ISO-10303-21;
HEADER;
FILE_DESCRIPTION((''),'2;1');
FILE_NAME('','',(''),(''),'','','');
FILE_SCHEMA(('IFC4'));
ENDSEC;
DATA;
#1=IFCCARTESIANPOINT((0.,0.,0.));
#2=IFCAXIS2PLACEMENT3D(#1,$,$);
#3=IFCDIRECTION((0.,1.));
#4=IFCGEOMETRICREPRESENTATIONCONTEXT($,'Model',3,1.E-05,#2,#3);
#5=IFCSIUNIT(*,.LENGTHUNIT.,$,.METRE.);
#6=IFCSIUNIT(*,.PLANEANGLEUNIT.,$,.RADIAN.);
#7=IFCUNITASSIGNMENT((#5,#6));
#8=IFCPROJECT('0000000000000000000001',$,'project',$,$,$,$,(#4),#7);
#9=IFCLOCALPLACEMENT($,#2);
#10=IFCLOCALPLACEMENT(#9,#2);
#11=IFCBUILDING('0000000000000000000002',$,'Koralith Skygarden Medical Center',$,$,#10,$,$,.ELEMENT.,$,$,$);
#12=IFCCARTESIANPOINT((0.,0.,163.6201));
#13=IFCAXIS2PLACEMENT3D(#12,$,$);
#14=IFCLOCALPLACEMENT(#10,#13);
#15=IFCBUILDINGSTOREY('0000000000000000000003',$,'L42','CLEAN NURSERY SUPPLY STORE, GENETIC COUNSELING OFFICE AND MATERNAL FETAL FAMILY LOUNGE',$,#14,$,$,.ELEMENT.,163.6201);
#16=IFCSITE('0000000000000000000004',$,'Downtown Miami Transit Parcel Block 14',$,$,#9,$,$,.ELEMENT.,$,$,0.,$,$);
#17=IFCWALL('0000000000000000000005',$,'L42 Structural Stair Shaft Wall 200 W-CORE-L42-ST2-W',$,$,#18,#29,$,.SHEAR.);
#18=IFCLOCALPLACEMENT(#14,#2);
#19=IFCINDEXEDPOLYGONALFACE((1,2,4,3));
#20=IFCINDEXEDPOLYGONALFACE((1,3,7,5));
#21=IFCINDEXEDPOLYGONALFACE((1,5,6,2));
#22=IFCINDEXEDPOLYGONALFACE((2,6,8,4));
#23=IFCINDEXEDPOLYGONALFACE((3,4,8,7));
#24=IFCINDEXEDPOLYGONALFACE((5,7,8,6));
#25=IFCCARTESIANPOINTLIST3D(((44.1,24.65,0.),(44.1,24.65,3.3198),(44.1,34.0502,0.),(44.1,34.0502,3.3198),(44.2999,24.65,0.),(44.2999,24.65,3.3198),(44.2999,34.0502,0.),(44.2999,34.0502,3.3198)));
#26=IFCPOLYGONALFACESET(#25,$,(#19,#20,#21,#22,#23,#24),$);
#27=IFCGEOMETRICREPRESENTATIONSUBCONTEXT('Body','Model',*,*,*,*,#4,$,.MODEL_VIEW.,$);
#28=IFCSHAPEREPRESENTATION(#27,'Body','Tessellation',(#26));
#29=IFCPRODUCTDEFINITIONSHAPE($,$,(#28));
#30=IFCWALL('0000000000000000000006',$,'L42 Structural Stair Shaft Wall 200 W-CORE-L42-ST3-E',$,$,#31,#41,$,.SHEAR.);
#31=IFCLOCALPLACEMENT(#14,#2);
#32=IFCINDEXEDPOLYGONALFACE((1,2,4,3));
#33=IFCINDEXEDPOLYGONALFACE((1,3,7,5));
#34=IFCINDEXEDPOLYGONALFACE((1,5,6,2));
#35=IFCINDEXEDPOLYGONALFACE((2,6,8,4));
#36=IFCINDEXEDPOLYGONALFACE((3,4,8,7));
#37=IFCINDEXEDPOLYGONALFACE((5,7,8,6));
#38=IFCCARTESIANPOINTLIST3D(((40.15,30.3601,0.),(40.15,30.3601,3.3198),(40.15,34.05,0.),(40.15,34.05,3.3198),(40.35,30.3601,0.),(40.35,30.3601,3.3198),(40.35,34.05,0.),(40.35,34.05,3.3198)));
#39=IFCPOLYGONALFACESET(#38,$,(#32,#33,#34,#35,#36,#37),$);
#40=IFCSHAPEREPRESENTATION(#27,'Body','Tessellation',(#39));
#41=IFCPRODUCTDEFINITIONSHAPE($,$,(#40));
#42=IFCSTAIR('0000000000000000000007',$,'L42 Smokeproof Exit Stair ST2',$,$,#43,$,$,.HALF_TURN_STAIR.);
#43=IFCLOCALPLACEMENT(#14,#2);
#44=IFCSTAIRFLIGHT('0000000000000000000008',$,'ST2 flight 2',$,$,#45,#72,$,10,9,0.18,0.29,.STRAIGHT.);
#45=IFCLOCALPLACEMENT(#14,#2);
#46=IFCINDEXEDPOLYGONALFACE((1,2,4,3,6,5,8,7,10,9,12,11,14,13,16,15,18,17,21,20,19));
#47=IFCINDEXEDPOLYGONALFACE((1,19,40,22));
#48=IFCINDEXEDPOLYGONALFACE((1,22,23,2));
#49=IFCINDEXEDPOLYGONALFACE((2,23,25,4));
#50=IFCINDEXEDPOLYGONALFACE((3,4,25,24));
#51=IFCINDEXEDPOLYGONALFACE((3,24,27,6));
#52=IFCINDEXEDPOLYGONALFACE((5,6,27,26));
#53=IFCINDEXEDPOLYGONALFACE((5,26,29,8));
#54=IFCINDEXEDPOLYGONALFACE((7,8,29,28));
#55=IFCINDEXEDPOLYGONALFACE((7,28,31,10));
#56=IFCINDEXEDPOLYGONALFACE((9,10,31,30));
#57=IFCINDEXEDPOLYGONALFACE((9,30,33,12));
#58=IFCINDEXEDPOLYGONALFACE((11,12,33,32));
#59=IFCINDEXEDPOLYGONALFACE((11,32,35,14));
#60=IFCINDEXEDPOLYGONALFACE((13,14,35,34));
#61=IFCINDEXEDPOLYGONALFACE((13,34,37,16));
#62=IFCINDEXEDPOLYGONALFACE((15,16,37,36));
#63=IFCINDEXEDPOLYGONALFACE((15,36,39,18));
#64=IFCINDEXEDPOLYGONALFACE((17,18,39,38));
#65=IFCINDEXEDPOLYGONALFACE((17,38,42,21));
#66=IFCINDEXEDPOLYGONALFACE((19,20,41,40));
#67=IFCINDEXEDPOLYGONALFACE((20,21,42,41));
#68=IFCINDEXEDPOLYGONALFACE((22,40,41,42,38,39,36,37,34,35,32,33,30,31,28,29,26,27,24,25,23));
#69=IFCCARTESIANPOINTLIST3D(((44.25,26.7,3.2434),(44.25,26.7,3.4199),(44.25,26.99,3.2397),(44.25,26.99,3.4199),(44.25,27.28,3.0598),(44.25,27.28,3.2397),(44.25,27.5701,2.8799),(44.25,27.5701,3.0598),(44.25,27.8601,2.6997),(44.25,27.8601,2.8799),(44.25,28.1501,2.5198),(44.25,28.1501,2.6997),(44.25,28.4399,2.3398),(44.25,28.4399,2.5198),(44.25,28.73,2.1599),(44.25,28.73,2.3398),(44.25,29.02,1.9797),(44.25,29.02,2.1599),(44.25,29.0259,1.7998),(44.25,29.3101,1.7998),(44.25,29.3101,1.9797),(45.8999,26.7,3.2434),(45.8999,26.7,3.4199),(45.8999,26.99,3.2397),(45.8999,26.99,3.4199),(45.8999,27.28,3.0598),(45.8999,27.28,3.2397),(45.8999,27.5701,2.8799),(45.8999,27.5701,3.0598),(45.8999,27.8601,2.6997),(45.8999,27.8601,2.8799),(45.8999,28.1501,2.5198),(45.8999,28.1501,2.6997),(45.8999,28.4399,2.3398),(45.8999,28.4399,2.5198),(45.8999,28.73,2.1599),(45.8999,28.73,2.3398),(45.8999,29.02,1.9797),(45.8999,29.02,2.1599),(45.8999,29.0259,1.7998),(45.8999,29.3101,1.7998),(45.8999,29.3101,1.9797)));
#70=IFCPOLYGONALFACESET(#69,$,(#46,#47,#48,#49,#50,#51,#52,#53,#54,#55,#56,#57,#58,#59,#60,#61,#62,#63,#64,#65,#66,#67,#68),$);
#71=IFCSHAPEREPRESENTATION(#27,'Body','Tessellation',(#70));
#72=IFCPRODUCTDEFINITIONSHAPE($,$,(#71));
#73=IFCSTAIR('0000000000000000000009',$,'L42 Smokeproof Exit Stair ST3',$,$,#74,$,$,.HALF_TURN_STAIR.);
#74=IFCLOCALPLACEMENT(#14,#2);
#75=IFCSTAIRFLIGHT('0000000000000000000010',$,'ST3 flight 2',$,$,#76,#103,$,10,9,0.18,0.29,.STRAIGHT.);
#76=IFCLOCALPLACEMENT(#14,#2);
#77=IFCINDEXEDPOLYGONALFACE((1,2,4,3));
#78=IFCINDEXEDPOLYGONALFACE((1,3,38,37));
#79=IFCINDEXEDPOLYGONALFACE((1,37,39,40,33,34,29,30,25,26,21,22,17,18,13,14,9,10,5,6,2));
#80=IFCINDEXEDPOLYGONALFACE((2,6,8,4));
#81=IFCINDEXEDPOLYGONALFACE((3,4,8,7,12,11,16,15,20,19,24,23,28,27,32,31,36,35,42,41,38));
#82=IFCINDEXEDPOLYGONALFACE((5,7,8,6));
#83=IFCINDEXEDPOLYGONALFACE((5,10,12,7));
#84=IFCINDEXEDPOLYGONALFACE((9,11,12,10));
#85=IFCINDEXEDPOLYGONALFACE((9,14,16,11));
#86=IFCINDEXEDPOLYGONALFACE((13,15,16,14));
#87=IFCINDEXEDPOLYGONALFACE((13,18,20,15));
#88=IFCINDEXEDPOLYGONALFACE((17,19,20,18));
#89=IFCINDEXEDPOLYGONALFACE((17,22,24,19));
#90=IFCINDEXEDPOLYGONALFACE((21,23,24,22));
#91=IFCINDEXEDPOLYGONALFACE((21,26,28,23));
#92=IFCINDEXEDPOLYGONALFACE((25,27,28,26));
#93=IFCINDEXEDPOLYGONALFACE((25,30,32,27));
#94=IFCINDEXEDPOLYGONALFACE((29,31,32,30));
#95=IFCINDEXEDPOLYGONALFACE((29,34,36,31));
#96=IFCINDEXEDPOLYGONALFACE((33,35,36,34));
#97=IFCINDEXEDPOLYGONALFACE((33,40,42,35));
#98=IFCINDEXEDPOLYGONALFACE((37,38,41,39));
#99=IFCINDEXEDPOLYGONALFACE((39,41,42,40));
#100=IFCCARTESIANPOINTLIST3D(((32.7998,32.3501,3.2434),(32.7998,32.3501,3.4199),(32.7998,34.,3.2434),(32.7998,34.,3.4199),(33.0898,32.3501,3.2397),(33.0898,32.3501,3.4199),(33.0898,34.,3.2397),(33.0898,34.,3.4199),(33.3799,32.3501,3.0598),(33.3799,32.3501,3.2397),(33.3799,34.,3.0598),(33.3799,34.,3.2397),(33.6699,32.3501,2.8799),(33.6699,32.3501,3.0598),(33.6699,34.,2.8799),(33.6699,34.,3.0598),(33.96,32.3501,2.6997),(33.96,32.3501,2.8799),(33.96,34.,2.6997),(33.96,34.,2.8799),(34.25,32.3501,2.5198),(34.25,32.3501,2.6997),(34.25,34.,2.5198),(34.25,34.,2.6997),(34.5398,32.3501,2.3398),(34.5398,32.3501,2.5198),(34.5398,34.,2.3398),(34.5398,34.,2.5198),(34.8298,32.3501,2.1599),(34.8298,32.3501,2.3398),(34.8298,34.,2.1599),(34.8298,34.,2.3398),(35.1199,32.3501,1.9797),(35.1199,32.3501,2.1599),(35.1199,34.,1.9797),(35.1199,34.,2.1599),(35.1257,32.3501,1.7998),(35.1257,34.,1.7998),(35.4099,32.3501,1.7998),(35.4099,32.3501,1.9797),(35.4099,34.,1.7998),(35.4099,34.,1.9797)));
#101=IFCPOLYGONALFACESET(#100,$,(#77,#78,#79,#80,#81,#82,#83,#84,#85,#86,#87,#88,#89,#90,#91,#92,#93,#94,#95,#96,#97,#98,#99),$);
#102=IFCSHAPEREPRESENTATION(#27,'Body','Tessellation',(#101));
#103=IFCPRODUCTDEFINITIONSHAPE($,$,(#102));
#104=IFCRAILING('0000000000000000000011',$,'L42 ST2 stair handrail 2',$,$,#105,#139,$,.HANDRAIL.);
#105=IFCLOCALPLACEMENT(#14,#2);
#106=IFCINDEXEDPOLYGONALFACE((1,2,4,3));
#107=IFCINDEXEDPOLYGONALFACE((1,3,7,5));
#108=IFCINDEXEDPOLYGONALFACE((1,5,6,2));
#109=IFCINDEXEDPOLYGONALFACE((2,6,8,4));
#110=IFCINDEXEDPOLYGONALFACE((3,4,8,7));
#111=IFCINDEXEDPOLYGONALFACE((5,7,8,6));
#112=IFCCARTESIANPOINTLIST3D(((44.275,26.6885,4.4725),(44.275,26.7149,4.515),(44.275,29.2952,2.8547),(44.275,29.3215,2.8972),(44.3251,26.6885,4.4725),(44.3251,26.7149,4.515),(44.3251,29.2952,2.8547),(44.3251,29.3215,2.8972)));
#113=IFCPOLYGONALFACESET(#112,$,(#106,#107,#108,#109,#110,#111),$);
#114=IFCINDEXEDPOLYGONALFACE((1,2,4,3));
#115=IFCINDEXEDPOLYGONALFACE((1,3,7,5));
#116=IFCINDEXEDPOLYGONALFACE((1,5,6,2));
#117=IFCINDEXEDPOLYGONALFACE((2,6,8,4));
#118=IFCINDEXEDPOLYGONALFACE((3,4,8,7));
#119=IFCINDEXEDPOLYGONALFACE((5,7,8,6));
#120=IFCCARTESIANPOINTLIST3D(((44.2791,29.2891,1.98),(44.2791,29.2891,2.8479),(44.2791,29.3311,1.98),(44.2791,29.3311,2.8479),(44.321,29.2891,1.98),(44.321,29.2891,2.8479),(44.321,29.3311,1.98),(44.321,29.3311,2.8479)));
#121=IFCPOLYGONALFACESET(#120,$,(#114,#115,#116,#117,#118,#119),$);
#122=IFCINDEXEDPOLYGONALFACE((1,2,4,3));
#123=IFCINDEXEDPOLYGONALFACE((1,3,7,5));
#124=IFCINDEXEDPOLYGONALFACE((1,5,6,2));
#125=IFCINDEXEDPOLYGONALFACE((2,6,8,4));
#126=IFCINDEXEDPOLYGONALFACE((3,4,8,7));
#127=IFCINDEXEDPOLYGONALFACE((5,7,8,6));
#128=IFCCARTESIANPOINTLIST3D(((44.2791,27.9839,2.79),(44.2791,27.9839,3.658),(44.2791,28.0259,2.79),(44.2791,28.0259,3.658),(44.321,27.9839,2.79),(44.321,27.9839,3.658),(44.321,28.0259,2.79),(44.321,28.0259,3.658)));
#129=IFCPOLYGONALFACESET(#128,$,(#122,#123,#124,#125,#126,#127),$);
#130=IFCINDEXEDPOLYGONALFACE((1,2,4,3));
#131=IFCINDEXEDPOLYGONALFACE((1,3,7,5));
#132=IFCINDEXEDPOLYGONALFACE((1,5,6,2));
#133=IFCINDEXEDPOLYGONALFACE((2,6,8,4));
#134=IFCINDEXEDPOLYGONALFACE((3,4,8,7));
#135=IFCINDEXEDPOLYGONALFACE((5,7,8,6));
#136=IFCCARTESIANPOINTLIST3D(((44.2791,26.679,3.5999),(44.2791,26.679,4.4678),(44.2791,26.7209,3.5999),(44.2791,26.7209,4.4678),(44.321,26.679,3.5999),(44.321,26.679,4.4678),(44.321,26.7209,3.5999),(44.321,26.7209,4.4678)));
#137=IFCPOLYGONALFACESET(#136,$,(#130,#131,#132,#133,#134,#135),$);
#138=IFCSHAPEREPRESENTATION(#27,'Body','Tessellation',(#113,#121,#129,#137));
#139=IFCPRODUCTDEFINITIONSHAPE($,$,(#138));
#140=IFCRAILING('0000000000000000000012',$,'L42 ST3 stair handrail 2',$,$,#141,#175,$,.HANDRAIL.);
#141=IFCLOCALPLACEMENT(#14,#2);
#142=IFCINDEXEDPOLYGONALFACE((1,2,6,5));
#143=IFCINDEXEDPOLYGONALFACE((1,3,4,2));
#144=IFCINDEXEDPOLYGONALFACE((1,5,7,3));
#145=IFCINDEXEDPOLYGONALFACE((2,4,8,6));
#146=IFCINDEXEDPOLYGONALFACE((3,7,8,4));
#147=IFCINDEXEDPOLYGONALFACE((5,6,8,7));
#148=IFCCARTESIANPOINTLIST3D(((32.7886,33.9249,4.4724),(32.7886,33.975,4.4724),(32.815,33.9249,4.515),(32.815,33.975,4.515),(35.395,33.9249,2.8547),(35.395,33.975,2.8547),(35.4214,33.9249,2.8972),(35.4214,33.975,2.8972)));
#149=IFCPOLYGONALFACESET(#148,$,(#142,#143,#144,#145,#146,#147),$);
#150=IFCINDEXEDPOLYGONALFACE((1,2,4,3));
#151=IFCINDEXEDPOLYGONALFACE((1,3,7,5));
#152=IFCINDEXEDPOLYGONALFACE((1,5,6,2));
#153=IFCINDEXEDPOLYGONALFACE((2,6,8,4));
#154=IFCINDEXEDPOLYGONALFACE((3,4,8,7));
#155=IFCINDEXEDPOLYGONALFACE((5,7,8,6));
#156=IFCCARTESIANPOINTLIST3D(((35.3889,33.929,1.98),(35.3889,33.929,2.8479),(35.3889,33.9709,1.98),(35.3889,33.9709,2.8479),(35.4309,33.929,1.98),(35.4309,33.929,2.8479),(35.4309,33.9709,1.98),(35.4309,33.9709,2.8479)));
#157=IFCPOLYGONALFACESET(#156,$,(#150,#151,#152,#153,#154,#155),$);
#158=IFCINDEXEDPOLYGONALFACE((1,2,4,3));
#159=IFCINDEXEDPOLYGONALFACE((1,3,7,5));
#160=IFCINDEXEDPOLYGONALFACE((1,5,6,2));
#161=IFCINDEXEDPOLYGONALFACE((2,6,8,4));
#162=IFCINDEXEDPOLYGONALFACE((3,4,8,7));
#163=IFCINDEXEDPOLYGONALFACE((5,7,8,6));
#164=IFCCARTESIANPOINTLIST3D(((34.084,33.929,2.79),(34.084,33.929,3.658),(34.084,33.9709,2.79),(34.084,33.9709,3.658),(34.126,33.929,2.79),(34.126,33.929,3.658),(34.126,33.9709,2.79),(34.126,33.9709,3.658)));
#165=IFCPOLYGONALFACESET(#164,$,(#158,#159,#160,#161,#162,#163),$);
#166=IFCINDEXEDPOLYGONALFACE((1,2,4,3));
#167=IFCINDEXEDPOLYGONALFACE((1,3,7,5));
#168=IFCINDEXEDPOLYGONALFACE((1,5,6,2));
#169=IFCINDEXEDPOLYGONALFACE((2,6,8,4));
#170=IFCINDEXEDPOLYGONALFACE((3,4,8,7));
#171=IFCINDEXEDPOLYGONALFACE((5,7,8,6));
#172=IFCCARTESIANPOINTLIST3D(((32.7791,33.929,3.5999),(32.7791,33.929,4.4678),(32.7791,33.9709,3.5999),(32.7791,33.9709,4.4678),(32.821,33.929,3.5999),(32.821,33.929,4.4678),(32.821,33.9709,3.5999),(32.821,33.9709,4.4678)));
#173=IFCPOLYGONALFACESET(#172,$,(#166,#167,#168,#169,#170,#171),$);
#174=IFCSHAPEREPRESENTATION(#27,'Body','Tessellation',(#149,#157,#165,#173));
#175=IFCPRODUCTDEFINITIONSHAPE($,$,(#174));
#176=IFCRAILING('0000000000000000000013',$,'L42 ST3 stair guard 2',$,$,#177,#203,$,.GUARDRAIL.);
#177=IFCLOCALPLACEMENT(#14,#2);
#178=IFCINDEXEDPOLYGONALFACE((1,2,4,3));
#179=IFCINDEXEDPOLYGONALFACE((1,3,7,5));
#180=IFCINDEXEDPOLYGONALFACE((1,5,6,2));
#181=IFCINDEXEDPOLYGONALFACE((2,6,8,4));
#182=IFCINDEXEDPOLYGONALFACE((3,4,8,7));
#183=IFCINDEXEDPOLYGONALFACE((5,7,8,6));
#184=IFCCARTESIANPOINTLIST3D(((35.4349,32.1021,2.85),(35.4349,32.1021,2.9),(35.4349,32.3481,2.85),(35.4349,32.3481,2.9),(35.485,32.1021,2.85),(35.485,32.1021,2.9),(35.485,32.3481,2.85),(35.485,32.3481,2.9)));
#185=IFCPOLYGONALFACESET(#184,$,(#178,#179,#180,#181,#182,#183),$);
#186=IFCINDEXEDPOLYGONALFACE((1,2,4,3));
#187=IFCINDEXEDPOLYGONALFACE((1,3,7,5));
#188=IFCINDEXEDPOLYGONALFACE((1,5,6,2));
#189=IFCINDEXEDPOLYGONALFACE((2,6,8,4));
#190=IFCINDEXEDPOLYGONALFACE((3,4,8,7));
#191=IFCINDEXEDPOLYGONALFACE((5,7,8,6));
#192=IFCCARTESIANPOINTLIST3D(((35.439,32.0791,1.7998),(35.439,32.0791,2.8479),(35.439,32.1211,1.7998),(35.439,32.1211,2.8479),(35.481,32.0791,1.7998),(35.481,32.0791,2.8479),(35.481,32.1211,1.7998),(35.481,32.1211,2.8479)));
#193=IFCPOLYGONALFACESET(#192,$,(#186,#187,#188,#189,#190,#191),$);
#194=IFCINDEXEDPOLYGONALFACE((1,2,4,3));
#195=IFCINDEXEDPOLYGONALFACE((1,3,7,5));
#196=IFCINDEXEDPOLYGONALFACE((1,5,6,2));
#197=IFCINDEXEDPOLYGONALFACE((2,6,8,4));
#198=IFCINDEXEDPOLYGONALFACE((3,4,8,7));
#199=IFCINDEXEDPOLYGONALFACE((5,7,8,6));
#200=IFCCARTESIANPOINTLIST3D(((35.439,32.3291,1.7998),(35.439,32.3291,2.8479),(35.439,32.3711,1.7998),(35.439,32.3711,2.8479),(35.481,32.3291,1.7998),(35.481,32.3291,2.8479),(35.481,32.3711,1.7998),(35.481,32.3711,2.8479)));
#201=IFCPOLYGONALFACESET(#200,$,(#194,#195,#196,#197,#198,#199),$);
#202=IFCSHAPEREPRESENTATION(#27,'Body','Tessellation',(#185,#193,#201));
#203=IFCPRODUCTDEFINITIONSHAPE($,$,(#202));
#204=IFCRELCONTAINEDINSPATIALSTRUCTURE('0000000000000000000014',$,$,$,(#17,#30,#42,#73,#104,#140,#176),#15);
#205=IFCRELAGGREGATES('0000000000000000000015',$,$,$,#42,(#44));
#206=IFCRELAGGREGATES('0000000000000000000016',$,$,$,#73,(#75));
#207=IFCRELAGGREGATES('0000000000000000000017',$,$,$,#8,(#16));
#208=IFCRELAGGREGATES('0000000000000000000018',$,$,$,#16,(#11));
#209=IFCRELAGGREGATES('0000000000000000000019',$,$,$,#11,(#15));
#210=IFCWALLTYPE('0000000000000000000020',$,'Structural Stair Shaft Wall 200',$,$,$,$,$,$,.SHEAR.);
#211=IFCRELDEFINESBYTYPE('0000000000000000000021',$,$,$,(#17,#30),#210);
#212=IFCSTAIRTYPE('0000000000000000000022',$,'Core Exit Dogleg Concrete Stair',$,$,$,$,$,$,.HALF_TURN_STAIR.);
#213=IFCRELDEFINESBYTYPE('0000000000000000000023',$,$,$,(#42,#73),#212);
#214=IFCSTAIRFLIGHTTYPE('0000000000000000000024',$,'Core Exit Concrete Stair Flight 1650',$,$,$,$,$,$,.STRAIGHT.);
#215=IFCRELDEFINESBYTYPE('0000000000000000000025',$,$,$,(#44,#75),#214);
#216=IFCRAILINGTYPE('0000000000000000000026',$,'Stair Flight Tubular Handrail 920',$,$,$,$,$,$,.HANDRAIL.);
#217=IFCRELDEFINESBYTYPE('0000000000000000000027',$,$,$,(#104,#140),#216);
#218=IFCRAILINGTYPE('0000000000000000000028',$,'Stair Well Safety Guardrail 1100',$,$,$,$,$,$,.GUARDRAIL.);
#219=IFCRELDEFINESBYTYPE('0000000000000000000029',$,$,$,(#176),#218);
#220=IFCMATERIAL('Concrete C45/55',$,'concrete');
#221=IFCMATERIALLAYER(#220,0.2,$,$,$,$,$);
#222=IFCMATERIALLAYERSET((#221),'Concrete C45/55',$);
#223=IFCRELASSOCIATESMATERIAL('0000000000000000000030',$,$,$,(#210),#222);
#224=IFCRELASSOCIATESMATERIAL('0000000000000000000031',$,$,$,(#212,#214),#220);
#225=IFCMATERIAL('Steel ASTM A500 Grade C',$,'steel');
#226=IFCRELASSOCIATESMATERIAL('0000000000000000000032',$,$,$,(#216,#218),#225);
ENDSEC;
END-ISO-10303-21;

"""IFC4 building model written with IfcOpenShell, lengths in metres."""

from ifc_helpers import new_model, si_unit, direction, frame, frame_2d, origin, origin_2d, place, context, subcontext, project, spatial, polyline, rectangle, outline, extrude, material, layer, layer_set, type_object, element, aggregate, save


model = new_model("IFC4")

# Units and contexts
model_context = context("Model", 3, precision=1e-05, world=origin(), true_north=direction((0.0, 1.0)))
body_context = subcontext(model_context, "Body", "Model", "MODEL_VIEW")
ifc_project = project(units=[si_unit("LENGTHUNIT", "METRE"), si_unit("PLANEANGLEUNIT", "RADIAN")], contexts=[model_context])

# Site, building, storey
site_placement = place(None, origin())
site = spatial("IfcSite", under=ifc_project, at=site_placement, Name="Downtown Miami Transit Parcel Block 14", CompositionType="ELEMENT", RefElevation=0.0)
building_placement = place(site_placement, origin())
building = spatial("IfcBuilding", under=site, at=building_placement, Name="Koralith Skygarden Medical Center", CompositionType="ELEMENT")
storey_placement = place(building_placement, frame((0.0, 0.0, 163.6201)))
storey = spatial("IfcBuildingStorey", under=building, at=storey_placement, Name="L42", Description="CLEAN NURSERY SUPPLY STORE, GENETIC COUNSELING OFFICE AND MATERNAL FETAL FAMILY LOUNGE", CompositionType="ELEMENT", Elevation=163.6201)

# Shared definitions
ifc_material_1 = material(Name="Steel ASTM A500 Grade C", Category="steel")

# Wall
ifc_material_2 = material(Name="Concrete C45/55", Category="concrete")
ifc_layer_1 = layer(ifc_material_2, 0.2)
ifc_layer_set_1 = layer_set([ifc_layer_1], Name="Concrete C45/55")
wall_type_1 = type_object("IfcWallType", Name="Structural Stair Shaft Wall 200", PredefinedType="SHEAR", material=ifc_layer_set_1)
wall_1_placement = place(storey_placement, frame((44.2, 24.6499, 0.0), z_axis=(0.0, 0.0, 1.0), x_axis=(0.0, 1.0, 0.0)))
element("IfcWall", 1, at=wall_1_placement, inside=storey, type_object=wall_type_1, Name="L42 Structural Stair Shaft Wall 200 W-CORE-L42-ST2-W", PredefinedType="SHEAR", context=body_context, shape_type="SweptSolid", body=[
    extrude(rectangle(XDim=9.4001, YDim=0.2, at=frame_2d((4.7002, 0.0))), origin(), (0.0, 0.0, 1.0), 3.3198),
])

# Wall
wall_2_placement = place(storey_placement, frame((40.25, 30.3601, 0.0), z_axis=(0.0, 0.0, 1.0), x_axis=(0.0, 1.0, 0.0)))
element("IfcWall", 2, at=wall_2_placement, inside=storey, type_object=wall_type_1, Name="L42 Structural Stair Shaft Wall 200 W-CORE-L42-ST3-E", PredefinedType="SHEAR", context=body_context, shape_type="SweptSolid", body=[
    extrude(rectangle(XDim=3.6899, YDim=0.2, at=frame_2d((1.845, 0.0))), origin(), (0.0, 0.0, 1.0), 3.3198),
])

# Stairs, stair flights
stair_type = type_object("IfcStairType", Name="Core Exit Dogleg Concrete Stair", PredefinedType="HALF_TURN_STAIR", material=ifc_material_2)
stair_1_placement = place(storey_placement, origin())
stair_1 = element("IfcStair", 3, at=stair_1_placement, inside=storey, type_object=stair_type, Name="L42 Smokeproof Exit Stair ST2", PredefinedType="HALF_TURN_STAIR")
stair_flight_type = type_object("IfcStairFlightType", Name="Core Exit Concrete Stair Flight 1650", PredefinedType="STRAIGHT", material=ifc_material_2)
stair_flight_1_placement = place(storey_placement, frame((45.075, 29.3101, 1.7998), z_axis=(0.0, 0.0, 1.0), x_axis=(0.0, -1.0, 0.0)))
stair_flight_1 = element("IfcStairFlight", 4, at=stair_flight_1_placement, type_object=stair_flight_type, Name="ST2 flight 2", NumberOfRisers=10, NumberOfTreads=9, PredefinedType="STRAIGHT", RiserHeight=0.18, TreadLength=0.29, context=body_context, shape_type="SweptSolid", body=[
    extrude(outline(polyline([(0.0, 0.0), (0.0, 0.1799), (0.29, 0.1799), (0.29, 0.3601), (0.5801, 0.3601), (0.5801, 0.54), (0.8701, 0.54), (0.8701, 0.72), (1.1599, 0.72), (1.1599, 0.8999), (1.45, 0.8999), (1.45, 1.0801), (1.74, 1.0801), (1.74, 1.26), (2.03, 1.26), (2.03, 1.4399), (2.3201, 1.4399), (2.3201, 1.6201), (2.6101, 1.6201), (2.6101, 1.8), (2.6101, 1.4436), (0.2842, 0.0), (0.0, 0.0)])), frame((0.0, 0.825, 0.0), z_axis=(0.0, -1.0, 0.0), x_axis=(1.0, 0.0, 0.0)), (0.0, 0.0, 1.0), 1.6499),
])
aggregate(stair_1, [stair_flight_1])
stair_2_placement = place(storey_placement, origin())
stair_2 = element("IfcStair", 5, at=stair_2_placement, inside=storey, type_object=stair_type, Name="L42 Smokeproof Exit Stair ST3", PredefinedType="HALF_TURN_STAIR")
stair_flight_2_placement = place(storey_placement, frame((35.4099, 33.175, 1.7998), z_axis=(0.0, 0.0, 1.0), x_axis=(-1.0, 0.0, 0.0)))
stair_flight_2 = element("IfcStairFlight", 6, at=stair_flight_2_placement, type_object=stair_flight_type, Name="ST3 flight 2", NumberOfRisers=10, NumberOfTreads=9, PredefinedType="STRAIGHT", RiserHeight=0.18, TreadLength=0.29, context=body_context, shape_type="SweptSolid", body=[
    extrude(outline(polyline([(0.0, 0.0), (0.0, 0.1799), (0.29, 0.1799), (0.29, 0.3601), (0.5801, 0.3601), (0.5801, 0.54), (0.8701, 0.54), (0.8701, 0.72), (1.1599, 0.72), (1.1599, 0.8999), (1.45, 0.8999), (1.45, 1.0801), (1.74, 1.0801), (1.74, 1.26), (2.03, 1.26), (2.03, 1.4399), (2.3201, 1.4399), (2.3201, 1.6201), (2.6101, 1.6201), (2.6101, 1.8), (2.6101, 1.4436), (0.2842, 0.0), (0.0, 0.0)])), frame((0.0, 0.825, 0.0), z_axis=(0.0, -1.0, 0.0), x_axis=(1.0, 0.0, 0.0)), (0.0, 0.0, 1.0), 1.6499),
])
aggregate(stair_2, [stair_flight_2])

# Railings
railing_type_1 = type_object("IfcRailingType", Name="Stair Flight Tubular Handrail 920", PredefinedType="HANDRAIL", material=ifc_material_1)
railing_1_placement = place(storey_placement, frame((44.3, 29.3101, 1.98)))
element("IfcRailing", 7, at=railing_1_placement, inside=storey, type_object=railing_type_1, Name="L42 ST2 stair handrail 2", PredefinedType="HANDRAIL", context=body_context, shape_type="SweptSolid", body=[
    extrude(rectangle(XDim=0.05, YDim=0.05, at=origin_2d()), frame((0.0, -0.0017, 0.896), z_axis=(0.0, -0.849668, 0.527317), x_axis=(1.0, 0.0, 0.0)), (0.0, 0.0, 1.0), 3.0679),
    extrude(rectangle(XDim=0.042, YDim=0.042, at=origin_2d()), origin(), (0.0, 0.0, 1.0), 0.8679),
    extrude(rectangle(XDim=0.042, YDim=0.042, at=origin_2d()), frame((0.0, -1.3052, 0.8101)), (0.0, 0.0, 1.0), 0.8679),
    extrude(rectangle(XDim=0.042, YDim=0.042, at=origin_2d()), frame((0.0, -2.6101, 1.6199)), (0.0, 0.0, 1.0), 0.8679),
])
railing_2_placement = place(storey_placement, frame((35.4099, 33.95, 1.98)))
element("IfcRailing", 8, at=railing_2_placement, inside=storey, type_object=railing_type_1, Name="L42 ST3 stair handrail 2", PredefinedType="HANDRAIL", context=body_context, shape_type="SweptSolid", body=[
    extrude(rectangle(XDim=0.05, YDim=0.05, at=origin_2d()), frame((-0.0017, 0.0, 0.896), z_axis=(-0.849646, 0.0, 0.527353), x_axis=(0.0, -1.0, 0.0)), (0.0, 0.0, 1.0), 3.0676),
    extrude(rectangle(XDim=0.042, YDim=0.042, at=origin_2d()), origin(), (0.0, 0.0, 1.0), 0.8679),
    extrude(rectangle(XDim=0.042, YDim=0.042, at=origin_2d()), frame((-1.3049, 0.0, 0.8101)), (0.0, 0.0, 1.0), 0.8679),
    extrude(rectangle(XDim=0.042, YDim=0.042, at=origin_2d()), frame((-2.6099, 0.0, 1.6199)), (0.0, 0.0, 1.0), 0.8679),
])
railing_type_2 = type_object("IfcRailingType", Name="Stair Well Safety Guardrail 1100", PredefinedType="GUARDRAIL", material=ifc_material_1)
railing_3_placement = place(storey_placement, frame((35.46, 32.1001, 1.7998)))
element("IfcRailing", 9, at=railing_3_placement, inside=storey, type_object=railing_type_2, Name="L42 ST3 stair guard 2", PredefinedType="GUARDRAIL", context=body_context, shape_type="SweptSolid", body=[
    extrude(rectangle(XDim=0.05, YDim=0.05, at=origin_2d()), frame((0.0, 0.002, 1.0752), z_axis=(0.0, 1.0, 0.0), x_axis=(-1.0, 0.0, 0.0)), (0.0, 0.0, 1.0), 0.2461),
    extrude(rectangle(XDim=0.042, YDim=0.042, at=origin_2d()), origin(), (0.0, 0.0, 1.0), 1.0481),
    extrude(rectangle(XDim=0.042, YDim=0.042, at=origin_2d()), frame((0.0, 0.25, 0.0)), (0.0, 0.0, 1.0), 1.0481),
])

save(model, "model.ifc")
